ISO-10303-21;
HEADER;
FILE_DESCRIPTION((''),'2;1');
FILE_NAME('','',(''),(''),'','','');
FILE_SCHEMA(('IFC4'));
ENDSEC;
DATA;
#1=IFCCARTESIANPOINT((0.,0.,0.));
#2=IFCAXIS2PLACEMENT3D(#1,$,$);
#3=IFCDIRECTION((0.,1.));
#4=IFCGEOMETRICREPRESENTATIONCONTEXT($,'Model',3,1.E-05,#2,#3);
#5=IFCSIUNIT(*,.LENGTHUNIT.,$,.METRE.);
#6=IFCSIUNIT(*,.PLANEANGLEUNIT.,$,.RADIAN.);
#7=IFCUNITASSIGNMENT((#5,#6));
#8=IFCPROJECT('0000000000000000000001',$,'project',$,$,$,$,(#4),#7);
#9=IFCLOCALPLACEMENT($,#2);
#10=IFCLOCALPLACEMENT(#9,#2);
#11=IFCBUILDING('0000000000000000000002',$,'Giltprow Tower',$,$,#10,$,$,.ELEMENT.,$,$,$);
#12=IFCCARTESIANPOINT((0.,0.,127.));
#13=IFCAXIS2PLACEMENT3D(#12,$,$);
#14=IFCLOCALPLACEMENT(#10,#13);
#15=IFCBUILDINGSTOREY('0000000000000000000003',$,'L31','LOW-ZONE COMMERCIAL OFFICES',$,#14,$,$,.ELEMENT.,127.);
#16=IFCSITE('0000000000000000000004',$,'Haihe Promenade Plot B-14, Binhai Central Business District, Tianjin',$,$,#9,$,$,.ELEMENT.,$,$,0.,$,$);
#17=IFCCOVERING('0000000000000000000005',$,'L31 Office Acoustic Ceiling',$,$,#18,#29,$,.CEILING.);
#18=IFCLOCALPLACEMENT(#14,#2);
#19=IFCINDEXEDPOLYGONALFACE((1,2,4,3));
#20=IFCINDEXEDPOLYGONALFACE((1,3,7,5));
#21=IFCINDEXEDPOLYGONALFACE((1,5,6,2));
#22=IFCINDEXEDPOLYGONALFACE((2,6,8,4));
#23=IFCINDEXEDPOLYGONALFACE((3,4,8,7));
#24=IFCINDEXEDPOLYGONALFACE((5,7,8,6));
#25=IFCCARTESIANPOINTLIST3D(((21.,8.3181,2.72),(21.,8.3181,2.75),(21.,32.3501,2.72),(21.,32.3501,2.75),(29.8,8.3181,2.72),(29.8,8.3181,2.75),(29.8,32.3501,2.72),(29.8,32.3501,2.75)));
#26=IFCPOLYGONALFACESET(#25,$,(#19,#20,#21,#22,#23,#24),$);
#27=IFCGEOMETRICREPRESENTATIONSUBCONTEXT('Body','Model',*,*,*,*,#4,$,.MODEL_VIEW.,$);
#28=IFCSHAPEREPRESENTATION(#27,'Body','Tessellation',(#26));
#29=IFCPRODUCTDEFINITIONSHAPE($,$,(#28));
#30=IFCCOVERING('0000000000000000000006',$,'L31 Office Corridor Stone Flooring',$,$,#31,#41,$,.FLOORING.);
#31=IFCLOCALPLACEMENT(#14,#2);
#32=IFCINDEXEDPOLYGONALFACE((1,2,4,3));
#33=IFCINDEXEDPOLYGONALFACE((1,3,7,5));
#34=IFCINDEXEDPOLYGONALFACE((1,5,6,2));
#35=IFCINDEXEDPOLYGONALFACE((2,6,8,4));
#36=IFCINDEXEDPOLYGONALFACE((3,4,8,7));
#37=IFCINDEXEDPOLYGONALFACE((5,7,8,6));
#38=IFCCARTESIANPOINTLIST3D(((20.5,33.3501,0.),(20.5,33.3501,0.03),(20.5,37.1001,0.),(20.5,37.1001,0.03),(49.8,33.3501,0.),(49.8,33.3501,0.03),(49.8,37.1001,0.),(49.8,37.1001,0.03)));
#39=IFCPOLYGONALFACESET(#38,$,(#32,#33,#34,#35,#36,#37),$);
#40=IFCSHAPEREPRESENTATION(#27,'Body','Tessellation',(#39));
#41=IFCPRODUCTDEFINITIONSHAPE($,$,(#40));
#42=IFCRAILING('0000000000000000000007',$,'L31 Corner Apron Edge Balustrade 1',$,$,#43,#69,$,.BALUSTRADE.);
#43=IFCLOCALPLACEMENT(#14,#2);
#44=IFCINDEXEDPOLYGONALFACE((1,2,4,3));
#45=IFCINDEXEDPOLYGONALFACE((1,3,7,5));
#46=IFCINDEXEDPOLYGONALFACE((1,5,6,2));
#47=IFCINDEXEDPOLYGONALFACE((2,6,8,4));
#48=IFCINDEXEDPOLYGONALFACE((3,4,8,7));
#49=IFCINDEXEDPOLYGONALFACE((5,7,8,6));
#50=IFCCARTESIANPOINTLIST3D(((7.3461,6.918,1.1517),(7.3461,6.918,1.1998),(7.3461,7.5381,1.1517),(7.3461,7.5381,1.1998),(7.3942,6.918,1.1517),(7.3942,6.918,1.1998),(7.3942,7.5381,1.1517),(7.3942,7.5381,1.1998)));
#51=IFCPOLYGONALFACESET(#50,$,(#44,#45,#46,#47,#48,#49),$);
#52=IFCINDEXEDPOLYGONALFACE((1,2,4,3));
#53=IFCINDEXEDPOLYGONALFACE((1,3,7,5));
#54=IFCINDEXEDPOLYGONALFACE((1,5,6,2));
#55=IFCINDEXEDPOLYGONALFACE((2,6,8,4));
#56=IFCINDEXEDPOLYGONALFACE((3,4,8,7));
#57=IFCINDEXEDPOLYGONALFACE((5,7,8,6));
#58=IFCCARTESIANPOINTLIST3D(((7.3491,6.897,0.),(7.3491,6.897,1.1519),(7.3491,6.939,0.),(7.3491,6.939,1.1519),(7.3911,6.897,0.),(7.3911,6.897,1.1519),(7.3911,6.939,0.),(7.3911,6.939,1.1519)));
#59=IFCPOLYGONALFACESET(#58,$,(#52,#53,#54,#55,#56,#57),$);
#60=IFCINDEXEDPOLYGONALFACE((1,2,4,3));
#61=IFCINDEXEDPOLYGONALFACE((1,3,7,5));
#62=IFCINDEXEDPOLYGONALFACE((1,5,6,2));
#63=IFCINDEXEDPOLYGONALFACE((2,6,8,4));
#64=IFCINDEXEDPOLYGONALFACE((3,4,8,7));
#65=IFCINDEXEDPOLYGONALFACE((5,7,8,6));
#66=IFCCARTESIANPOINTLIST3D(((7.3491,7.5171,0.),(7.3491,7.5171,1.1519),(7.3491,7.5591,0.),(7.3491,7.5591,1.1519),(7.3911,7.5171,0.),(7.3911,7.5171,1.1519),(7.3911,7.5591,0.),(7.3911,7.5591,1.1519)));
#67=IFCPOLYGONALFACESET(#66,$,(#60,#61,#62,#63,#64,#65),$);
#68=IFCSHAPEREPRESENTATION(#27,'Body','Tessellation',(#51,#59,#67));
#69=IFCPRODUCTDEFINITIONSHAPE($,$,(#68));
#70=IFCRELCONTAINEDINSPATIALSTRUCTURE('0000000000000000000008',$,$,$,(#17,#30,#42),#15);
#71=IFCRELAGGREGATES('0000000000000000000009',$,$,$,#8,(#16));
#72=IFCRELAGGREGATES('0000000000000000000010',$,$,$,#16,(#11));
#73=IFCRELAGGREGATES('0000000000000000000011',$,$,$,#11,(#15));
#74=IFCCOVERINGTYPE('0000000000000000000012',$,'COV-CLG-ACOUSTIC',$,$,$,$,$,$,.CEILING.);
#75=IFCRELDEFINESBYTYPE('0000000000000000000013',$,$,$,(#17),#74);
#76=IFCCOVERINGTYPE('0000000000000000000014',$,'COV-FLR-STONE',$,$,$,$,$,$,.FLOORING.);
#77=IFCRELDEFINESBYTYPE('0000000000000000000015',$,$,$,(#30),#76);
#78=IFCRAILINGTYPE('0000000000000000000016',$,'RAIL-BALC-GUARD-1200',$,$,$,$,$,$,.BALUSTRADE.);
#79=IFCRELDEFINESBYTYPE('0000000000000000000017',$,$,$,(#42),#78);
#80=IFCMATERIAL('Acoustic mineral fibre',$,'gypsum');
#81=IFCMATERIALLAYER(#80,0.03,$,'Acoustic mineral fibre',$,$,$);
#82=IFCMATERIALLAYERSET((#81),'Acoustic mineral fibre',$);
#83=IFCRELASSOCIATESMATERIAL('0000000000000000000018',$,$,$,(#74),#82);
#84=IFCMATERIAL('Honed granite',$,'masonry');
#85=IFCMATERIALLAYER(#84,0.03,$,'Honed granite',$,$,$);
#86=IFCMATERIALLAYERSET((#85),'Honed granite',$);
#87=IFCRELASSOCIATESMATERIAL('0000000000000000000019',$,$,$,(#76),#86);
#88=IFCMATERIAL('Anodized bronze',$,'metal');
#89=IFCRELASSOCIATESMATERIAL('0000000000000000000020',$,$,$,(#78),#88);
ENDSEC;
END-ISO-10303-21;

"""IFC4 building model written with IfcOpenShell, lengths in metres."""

from ifc_helpers import new_model, si_unit, direction, frame, origin, origin_2d, place, context, subcontext, project, spatial, polyline, rectangle, outline, extrude, material, layer, layer_set, type_object, element, save


model = new_model("IFC4")

# Units and contexts
model_context = context("Model", 3, precision=1e-05, world=origin(), true_north=direction((0.0, 1.0)))
body_context = subcontext(model_context, "Body", "Model", "MODEL_VIEW")
ifc_project = project(units=[si_unit("LENGTHUNIT", "METRE"), si_unit("PLANEANGLEUNIT", "RADIAN")], contexts=[model_context])

# Site, building, storey
site_placement = place(None, origin())
site = spatial("IfcSite", under=ifc_project, at=site_placement, Name="Haihe Promenade Plot B-14, Binhai Central Business District, Tianjin", CompositionType="ELEMENT", RefElevation=0.0)
building_placement = place(site_placement, origin())
building = spatial("IfcBuilding", under=site, at=building_placement, Name="Giltprow Tower", CompositionType="ELEMENT")
storey_placement = place(building_placement, frame((0.0, 0.0, 127.0)))
storey = spatial("IfcBuildingStorey", under=building, at=storey_placement, Name="L31", Description="LOW-ZONE COMMERCIAL OFFICES", CompositionType="ELEMENT", Elevation=127.0)

# Shared definitions
ifc_material_1 = material(Name="Anodized bronze", Category="metal")

# Coverings
ifc_material_2 = material(Name="Acoustic mineral fibre", Category="gypsum")
ifc_layer_1 = layer(ifc_material_2, 0.03, Name="Acoustic mineral fibre")
ifc_layer_set_1 = layer_set([ifc_layer_1], Name="Acoustic mineral fibre")
covering_type_1 = type_object("IfcCoveringType", Name="COV-CLG-ACOUSTIC", PredefinedType="CEILING", material=ifc_layer_set_1)
covering_1_placement = place(storey_placement, frame((0.0, 0.0, 2.72)))
element("IfcCovering", 1, at=covering_1_placement, inside=storey, type_object=covering_type_1, Name="L31 Office Acoustic Ceiling", PredefinedType="CEILING", context=body_context, shape_type="SweptSolid", body=[
    extrude(outline(polyline([(21.0, 8.3181), (29.8, 8.3181), (29.8, 32.3501), (21.0, 32.3501), (21.0, 8.3181)])), origin(), (0.0, 0.0, 1.0), 0.03),
])
ifc_material_3 = material(Name="Honed granite", Category="masonry")
ifc_layer_2 = layer(ifc_material_3, 0.03, Name="Honed granite")
ifc_layer_set_2 = layer_set([ifc_layer_2], Name="Honed granite")
covering_type_2 = type_object("IfcCoveringType", Name="COV-FLR-STONE", PredefinedType="FLOORING", material=ifc_layer_set_2)
covering_2_placement = place(storey_placement, origin())
element("IfcCovering", 2, at=covering_2_placement, inside=storey, type_object=covering_type_2, Name="L31 Office Corridor Stone Flooring", PredefinedType="FLOORING", context=body_context, shape_type="SweptSolid", body=[
    extrude(outline(polyline([(20.5, 33.3501), (49.8, 33.3501), (49.8, 37.1001), (20.5, 37.1001), (20.5, 33.3501)])), origin(), (0.0, 0.0, 1.0), 0.03),
])

# Railing
railing_type = type_object("IfcRailingType", Name="RAIL-BALC-GUARD-1200", PredefinedType="BALUSTRADE", material=ifc_material_1)
railing_placement = place(storey_placement, frame((7.3701, 6.918, 0.0)))
element("IfcRailing", 3, at=railing_placement, inside=storey, type_object=railing_type, Name="L31 Corner Apron Edge Balustrade 1", PredefinedType="BALUSTRADE", context=body_context, shape_type="SweptSolid", body=[
    extrude(rectangle(XDim=0.0481, YDim=0.0481, at=origin_2d()), frame((0.0, 0.0, 1.1758), z_axis=(0.0, 1.0, 0.0), x_axis=(-1.0, 0.0, 0.0)), (0.0, 0.0, 1.0), 0.6201),
    extrude(rectangle(XDim=0.042, YDim=0.042, at=origin_2d()), origin(), (0.0, 0.0, 1.0), 1.1519),
    extrude(rectangle(XDim=0.042, YDim=0.042, at=origin_2d()), frame((0.0, 0.6201, 0.0)), (0.0, 0.0, 1.0), 1.1519),
])

save(model, "model.ifc")
